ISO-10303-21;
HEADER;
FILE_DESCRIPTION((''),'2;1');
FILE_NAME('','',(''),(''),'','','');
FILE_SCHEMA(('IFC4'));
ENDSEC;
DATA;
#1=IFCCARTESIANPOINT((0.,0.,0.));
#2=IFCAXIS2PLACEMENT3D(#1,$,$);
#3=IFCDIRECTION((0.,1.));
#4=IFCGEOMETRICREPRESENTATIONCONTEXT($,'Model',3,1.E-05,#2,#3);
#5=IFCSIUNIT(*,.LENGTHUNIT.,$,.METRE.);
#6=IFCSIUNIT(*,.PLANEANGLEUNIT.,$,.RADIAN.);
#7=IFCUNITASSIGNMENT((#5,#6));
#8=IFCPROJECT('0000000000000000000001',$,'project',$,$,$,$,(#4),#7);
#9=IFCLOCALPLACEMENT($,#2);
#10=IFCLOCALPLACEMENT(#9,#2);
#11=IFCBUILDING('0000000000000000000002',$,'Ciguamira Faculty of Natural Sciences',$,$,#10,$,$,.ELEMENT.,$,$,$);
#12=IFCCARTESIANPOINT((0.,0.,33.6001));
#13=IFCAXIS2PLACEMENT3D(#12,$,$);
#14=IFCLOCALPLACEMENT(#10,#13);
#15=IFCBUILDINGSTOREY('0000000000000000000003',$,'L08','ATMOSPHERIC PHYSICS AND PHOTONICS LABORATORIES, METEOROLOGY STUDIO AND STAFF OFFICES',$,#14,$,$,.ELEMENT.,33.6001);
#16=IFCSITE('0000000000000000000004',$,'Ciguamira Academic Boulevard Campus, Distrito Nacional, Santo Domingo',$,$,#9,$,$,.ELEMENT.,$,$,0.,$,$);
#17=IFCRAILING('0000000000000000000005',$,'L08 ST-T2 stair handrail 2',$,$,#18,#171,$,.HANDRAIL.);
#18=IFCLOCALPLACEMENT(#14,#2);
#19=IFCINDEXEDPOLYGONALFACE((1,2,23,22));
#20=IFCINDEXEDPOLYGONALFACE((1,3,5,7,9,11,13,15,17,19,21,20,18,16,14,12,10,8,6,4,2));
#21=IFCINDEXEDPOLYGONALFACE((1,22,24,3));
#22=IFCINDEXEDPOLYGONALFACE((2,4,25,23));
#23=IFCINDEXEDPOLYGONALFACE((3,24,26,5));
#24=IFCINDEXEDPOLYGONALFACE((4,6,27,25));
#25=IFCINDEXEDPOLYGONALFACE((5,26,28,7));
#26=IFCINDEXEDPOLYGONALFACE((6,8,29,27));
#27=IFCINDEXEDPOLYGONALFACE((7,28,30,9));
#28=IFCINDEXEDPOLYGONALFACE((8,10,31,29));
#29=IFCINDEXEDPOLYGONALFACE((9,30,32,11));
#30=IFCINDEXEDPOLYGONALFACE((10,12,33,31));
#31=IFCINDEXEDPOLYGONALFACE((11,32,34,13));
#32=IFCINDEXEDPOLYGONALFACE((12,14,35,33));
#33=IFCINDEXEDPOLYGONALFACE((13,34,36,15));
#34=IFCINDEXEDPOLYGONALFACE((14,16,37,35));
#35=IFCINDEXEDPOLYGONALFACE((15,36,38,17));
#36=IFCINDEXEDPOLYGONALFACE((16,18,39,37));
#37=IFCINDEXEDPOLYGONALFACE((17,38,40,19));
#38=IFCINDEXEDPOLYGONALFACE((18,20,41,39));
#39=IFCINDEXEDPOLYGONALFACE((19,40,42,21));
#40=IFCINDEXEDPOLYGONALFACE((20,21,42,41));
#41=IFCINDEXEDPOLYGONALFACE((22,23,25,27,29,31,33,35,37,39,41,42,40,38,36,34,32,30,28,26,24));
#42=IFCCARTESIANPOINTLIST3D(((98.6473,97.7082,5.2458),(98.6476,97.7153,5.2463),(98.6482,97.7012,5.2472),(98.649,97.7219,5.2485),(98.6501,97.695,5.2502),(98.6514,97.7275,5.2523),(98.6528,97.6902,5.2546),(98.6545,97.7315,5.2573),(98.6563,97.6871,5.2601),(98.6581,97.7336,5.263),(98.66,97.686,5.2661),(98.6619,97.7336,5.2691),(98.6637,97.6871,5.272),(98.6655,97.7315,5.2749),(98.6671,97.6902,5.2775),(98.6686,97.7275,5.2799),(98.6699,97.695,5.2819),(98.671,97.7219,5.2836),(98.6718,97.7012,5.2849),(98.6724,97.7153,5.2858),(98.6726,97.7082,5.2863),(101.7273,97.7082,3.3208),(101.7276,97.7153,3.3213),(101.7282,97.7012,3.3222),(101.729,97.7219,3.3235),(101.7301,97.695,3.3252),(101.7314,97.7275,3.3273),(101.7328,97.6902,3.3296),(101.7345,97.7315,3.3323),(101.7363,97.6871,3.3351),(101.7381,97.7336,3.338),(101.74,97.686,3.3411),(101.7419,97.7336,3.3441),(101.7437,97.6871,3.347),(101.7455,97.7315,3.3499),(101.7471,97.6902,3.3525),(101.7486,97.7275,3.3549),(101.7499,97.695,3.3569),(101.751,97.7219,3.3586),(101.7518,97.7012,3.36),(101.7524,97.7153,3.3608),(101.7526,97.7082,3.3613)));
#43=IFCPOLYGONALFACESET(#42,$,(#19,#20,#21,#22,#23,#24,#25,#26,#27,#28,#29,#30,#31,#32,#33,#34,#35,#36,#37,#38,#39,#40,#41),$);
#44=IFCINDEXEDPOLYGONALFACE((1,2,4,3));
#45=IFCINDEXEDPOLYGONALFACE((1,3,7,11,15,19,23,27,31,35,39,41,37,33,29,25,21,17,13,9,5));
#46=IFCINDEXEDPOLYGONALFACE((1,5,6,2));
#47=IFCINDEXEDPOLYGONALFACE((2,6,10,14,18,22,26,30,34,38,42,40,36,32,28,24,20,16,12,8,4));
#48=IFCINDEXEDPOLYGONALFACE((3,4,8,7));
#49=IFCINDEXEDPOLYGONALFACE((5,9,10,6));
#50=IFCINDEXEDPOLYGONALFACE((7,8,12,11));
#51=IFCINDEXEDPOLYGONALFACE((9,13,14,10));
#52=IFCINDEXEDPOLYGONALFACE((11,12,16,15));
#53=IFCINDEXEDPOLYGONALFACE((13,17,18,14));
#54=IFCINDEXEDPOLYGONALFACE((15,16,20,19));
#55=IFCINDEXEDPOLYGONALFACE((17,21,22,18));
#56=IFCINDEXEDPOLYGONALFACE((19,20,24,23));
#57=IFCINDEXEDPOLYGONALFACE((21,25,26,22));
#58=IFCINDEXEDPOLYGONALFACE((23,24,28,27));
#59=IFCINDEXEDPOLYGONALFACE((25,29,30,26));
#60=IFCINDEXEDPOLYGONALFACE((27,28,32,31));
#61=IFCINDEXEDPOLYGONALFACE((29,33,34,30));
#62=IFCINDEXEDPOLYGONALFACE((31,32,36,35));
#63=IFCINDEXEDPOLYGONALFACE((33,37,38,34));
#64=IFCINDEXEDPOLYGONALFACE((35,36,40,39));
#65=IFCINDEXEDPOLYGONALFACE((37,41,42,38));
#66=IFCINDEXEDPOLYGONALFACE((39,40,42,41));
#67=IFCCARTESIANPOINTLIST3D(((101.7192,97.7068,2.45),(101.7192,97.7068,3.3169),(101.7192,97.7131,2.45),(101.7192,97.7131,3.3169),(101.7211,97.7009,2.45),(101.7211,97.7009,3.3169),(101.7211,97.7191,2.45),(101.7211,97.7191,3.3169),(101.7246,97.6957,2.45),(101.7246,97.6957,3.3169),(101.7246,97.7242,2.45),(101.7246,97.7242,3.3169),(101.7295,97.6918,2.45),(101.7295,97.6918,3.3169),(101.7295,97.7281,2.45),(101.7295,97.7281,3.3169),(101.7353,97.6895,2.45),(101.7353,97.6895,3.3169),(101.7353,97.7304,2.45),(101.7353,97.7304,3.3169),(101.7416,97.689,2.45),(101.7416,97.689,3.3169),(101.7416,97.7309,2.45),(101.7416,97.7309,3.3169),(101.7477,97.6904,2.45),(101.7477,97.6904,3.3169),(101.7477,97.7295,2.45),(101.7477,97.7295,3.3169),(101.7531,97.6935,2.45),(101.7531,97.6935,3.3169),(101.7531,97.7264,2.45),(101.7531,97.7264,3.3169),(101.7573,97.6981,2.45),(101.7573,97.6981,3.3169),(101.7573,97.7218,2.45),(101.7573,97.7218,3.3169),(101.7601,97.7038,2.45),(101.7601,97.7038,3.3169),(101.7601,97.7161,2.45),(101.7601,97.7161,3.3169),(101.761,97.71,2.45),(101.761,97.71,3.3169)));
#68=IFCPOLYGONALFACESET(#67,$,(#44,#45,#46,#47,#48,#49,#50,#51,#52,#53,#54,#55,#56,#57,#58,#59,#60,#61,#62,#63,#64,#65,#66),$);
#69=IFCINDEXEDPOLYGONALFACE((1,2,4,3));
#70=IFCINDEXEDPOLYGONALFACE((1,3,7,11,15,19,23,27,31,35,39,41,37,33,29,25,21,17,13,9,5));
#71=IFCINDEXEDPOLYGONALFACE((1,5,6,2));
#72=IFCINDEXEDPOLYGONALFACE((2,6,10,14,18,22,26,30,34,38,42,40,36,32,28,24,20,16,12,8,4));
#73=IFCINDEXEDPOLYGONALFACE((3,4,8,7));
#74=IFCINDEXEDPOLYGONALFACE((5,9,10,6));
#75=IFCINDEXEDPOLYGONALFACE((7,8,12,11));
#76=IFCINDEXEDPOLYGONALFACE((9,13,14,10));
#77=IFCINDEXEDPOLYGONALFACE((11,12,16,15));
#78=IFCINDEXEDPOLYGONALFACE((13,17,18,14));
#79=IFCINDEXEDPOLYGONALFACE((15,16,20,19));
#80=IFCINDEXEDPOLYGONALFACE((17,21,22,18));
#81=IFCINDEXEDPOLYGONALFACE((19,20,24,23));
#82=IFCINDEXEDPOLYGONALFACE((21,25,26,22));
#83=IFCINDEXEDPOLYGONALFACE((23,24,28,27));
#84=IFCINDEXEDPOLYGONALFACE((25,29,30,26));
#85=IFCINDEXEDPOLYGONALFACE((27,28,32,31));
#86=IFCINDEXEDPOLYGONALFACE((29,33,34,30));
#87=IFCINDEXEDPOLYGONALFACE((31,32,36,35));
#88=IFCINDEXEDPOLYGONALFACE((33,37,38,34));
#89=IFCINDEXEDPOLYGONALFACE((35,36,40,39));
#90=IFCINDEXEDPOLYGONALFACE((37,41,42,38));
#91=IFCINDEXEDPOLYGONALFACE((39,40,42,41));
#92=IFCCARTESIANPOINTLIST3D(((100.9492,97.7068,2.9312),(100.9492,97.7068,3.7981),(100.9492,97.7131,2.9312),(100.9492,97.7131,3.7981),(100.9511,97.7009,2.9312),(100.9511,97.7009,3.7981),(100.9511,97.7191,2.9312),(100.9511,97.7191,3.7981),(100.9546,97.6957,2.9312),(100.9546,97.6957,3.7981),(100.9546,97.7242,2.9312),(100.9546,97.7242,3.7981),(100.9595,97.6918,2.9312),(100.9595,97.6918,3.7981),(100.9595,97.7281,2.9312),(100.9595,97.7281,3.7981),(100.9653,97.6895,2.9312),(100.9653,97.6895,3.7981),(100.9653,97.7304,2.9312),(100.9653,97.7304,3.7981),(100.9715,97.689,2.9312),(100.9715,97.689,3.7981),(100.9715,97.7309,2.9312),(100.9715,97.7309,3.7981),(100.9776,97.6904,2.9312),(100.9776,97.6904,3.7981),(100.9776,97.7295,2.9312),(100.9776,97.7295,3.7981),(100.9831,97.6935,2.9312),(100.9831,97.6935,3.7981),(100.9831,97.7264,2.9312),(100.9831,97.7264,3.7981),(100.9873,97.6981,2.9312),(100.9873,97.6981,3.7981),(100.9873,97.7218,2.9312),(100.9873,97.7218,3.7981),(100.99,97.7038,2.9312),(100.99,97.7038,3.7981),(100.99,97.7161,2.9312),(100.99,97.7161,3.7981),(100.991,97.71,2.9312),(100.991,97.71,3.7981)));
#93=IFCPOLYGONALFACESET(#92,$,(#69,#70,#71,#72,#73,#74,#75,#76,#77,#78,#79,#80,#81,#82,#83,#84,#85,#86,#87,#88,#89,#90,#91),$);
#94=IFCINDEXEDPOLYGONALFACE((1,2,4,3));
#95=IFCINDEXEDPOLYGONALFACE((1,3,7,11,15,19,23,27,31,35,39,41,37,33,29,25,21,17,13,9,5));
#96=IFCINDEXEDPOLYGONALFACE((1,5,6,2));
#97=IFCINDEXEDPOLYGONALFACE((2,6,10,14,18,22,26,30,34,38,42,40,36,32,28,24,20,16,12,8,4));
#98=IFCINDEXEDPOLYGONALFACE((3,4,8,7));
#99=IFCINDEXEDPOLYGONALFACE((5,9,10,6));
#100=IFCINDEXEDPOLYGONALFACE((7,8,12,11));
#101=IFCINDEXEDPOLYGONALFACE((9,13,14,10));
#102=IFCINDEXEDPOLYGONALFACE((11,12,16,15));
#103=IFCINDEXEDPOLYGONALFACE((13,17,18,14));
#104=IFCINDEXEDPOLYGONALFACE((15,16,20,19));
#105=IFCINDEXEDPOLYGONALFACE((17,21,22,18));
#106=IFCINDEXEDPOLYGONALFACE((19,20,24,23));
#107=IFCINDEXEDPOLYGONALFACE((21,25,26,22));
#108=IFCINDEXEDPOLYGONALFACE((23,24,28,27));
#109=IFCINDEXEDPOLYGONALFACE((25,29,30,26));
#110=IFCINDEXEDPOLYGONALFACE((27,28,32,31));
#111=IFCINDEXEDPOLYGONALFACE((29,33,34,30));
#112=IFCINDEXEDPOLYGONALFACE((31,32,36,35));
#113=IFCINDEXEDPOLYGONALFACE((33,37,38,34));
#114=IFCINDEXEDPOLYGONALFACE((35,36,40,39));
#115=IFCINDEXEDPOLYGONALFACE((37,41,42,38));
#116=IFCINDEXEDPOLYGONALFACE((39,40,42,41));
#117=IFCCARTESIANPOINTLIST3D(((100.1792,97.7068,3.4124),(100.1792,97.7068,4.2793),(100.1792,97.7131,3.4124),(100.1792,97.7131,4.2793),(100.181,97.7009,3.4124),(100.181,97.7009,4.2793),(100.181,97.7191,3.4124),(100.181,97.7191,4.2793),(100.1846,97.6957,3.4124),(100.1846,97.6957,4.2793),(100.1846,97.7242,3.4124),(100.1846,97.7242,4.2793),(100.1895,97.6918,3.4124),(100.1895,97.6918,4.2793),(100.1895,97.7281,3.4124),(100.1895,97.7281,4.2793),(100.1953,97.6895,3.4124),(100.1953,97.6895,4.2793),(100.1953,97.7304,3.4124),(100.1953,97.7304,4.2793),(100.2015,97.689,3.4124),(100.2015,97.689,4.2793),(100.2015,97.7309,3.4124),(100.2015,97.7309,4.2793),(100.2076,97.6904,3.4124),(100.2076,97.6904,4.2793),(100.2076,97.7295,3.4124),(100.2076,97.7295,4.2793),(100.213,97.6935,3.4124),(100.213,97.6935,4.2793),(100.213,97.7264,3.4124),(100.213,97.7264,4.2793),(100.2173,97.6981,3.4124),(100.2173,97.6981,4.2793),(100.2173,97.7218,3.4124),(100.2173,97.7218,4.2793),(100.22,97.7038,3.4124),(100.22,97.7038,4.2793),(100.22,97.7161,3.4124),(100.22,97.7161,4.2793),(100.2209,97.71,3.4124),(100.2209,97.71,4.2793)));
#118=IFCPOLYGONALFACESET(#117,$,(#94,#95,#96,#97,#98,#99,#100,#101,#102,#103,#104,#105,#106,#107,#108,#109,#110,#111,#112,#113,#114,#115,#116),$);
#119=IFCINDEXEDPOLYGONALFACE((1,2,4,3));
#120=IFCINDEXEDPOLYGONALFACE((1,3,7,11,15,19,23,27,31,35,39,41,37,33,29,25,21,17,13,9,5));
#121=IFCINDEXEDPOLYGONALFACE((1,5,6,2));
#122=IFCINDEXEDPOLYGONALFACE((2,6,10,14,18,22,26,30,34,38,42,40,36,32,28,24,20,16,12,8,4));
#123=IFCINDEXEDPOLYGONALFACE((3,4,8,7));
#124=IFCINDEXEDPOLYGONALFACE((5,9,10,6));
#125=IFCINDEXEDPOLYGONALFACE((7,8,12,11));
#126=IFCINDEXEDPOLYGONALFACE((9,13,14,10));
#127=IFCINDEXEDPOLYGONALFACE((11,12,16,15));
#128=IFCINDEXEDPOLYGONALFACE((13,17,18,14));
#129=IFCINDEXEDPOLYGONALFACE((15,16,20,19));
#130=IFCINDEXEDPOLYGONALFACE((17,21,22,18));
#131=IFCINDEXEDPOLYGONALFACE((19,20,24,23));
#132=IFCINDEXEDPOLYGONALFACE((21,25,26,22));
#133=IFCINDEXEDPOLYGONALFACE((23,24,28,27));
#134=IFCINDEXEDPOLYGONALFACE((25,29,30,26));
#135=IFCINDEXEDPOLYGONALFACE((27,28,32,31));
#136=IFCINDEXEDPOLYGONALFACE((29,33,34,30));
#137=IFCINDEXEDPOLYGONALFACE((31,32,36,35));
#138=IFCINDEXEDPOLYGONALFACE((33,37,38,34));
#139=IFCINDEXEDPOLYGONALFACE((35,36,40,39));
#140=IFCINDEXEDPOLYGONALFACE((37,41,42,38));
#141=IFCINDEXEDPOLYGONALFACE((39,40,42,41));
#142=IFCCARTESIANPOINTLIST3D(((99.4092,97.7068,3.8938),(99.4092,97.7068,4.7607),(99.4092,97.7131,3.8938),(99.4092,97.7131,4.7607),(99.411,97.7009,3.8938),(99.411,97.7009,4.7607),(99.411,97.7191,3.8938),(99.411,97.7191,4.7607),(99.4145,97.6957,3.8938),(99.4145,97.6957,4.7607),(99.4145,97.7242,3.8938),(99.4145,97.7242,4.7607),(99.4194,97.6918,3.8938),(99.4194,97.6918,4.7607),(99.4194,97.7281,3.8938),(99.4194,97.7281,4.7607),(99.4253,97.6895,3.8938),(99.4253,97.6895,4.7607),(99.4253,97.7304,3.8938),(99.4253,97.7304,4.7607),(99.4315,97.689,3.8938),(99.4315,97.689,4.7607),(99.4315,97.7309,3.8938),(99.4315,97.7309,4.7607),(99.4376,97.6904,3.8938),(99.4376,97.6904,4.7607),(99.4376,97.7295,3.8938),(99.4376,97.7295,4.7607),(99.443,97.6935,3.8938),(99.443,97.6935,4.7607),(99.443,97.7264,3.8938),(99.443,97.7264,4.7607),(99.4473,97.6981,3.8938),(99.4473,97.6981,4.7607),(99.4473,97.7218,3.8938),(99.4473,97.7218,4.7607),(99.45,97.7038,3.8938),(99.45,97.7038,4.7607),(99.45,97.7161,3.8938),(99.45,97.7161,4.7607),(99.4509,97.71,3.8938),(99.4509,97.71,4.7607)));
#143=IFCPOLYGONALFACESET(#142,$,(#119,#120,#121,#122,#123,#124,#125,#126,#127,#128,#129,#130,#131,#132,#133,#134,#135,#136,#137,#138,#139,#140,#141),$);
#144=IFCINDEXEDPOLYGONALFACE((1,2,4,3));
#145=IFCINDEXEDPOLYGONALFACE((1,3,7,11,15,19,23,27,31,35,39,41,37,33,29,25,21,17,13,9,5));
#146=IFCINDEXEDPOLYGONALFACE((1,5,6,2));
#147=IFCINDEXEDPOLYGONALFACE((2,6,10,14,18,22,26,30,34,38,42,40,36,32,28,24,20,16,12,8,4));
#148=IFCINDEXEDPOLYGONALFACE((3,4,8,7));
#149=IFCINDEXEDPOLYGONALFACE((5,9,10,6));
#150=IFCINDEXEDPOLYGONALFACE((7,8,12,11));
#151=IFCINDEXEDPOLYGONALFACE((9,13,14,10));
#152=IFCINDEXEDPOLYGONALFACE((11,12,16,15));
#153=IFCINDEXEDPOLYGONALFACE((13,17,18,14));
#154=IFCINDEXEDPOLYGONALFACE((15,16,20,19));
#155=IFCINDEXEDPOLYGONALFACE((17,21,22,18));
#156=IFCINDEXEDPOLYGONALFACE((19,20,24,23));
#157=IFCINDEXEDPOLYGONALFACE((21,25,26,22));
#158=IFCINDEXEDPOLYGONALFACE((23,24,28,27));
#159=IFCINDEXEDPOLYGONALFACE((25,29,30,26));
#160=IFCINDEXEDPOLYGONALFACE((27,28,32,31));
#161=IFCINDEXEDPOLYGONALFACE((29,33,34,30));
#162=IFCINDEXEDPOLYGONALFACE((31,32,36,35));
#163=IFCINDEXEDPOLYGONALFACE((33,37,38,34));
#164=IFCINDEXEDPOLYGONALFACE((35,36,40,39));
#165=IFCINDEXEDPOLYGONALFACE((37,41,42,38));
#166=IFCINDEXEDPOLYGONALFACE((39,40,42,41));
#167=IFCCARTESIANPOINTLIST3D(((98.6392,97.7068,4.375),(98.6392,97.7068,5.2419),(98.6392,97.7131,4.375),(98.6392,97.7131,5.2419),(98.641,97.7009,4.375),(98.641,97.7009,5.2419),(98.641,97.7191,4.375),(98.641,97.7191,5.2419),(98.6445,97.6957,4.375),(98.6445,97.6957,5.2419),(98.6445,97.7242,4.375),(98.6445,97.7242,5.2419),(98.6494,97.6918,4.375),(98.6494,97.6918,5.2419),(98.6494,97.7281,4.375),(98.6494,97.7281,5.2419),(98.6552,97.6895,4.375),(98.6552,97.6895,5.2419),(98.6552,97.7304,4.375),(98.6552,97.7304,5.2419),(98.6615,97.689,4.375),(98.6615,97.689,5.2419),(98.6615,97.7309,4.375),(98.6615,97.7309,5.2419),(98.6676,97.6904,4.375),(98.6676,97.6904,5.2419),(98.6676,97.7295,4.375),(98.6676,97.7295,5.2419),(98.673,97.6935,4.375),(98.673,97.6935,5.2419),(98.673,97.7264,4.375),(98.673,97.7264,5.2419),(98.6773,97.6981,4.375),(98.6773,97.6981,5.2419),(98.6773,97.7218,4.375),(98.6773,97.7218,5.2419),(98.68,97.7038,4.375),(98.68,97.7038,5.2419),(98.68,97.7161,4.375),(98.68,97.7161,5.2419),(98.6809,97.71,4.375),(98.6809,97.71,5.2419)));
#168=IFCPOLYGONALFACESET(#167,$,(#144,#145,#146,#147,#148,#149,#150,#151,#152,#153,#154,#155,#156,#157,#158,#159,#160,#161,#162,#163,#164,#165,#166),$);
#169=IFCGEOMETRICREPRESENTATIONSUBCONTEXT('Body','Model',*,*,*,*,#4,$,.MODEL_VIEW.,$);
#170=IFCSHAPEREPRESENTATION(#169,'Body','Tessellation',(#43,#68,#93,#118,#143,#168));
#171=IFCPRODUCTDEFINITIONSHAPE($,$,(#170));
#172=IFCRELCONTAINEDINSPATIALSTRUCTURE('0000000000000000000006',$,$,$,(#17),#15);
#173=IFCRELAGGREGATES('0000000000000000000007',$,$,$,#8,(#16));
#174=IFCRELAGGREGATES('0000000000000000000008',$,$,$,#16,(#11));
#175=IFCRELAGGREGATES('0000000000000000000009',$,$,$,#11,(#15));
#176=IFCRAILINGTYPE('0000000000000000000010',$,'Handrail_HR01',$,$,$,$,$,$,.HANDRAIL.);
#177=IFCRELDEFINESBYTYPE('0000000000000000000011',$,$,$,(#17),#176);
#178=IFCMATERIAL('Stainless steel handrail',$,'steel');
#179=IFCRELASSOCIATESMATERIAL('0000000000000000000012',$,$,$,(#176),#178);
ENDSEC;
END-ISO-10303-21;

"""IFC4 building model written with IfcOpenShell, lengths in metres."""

from ifc_helpers import new_model, si_unit, direction, frame, origin, origin_2d, place, context, subcontext, project, spatial, circle, extrude, material, type_object, element, save


model = new_model("IFC4")

# Units and contexts
model_context = context("Model", 3, precision=1e-05, world=origin(), true_north=direction((0.0, 1.0)))
body_context = subcontext(model_context, "Body", "Model", "MODEL_VIEW")
ifc_project = project(units=[si_unit("LENGTHUNIT", "METRE"), si_unit("PLANEANGLEUNIT", "RADIAN")], contexts=[model_context])

# Site, building, storey
site_placement = place(None, origin())
site = spatial("IfcSite", under=ifc_project, at=site_placement, Name="Ciguamira Academic Boulevard Campus, Distrito Nacional, Santo Domingo", CompositionType="ELEMENT", RefElevation=0.0)
building_placement = place(site_placement, origin())
building = spatial("IfcBuilding", under=site, at=building_placement, Name="Ciguamira Faculty of Natural Sciences", CompositionType="ELEMENT")
storey_placement = place(building_placement, frame((0.0, 0.0, 33.6001)))
storey = spatial("IfcBuildingStorey", under=building, at=storey_placement, Name="L08", Description="ATMOSPHERIC PHYSICS AND PHOTONICS LABORATORIES, METEOROLOGY STUDIO AND STAFF OFFICES", CompositionType="ELEMENT", Elevation=33.6001)

# Railing
ifc_material_1 = material(Name="Stainless steel handrail", Category="steel")
railing_type_1 = type_object("IfcRailingType", Name="Handrail_HR01", PredefinedType="HANDRAIL", material=ifc_material_1)
railing_1_placement = place(storey_placement, frame((101.74, 97.71, 2.45)))
element("IfcRailing", 1, at=railing_1_placement, inside=storey, type_object=railing_type_1, Name="L08 ST-T2 stair handrail 2", PredefinedType="HANDRAIL", context=body_context, shape_type="SweptSolid", body=[
    extrude(circle(Radius=0.0239, at=origin_2d()), frame((0.0, 0.0, 0.8911), z_axis=(-0.847998, 0.0, 0.529999), x_axis=(0.0, -1.0, 0.0)), (0.0, 0.0, 1.0), 3.6321),
    extrude(circle(Radius=0.021, at=origin_2d()), origin(), (0.0, 0.0, 1.0), 0.8669),
    extrude(circle(Radius=0.021, at=origin_2d()), frame((-0.77, 0.0, 0.4812)), (0.0, 0.0, 1.0), 0.8669),
    extrude(circle(Radius=0.021, at=origin_2d()), frame((-1.54, 0.0, 0.9624)), (0.0, 0.0, 1.0), 0.8669),
    extrude(circle(Radius=0.021, at=origin_2d()), frame((-2.3101, 0.0, 1.4438)), (0.0, 0.0, 1.0), 0.8669),
    extrude(circle(Radius=0.021, at=origin_2d()), frame((-3.0801, 0.0, 1.925)), (0.0, 0.0, 1.0), 0.8669),
])

save(model, "model.ifc")
